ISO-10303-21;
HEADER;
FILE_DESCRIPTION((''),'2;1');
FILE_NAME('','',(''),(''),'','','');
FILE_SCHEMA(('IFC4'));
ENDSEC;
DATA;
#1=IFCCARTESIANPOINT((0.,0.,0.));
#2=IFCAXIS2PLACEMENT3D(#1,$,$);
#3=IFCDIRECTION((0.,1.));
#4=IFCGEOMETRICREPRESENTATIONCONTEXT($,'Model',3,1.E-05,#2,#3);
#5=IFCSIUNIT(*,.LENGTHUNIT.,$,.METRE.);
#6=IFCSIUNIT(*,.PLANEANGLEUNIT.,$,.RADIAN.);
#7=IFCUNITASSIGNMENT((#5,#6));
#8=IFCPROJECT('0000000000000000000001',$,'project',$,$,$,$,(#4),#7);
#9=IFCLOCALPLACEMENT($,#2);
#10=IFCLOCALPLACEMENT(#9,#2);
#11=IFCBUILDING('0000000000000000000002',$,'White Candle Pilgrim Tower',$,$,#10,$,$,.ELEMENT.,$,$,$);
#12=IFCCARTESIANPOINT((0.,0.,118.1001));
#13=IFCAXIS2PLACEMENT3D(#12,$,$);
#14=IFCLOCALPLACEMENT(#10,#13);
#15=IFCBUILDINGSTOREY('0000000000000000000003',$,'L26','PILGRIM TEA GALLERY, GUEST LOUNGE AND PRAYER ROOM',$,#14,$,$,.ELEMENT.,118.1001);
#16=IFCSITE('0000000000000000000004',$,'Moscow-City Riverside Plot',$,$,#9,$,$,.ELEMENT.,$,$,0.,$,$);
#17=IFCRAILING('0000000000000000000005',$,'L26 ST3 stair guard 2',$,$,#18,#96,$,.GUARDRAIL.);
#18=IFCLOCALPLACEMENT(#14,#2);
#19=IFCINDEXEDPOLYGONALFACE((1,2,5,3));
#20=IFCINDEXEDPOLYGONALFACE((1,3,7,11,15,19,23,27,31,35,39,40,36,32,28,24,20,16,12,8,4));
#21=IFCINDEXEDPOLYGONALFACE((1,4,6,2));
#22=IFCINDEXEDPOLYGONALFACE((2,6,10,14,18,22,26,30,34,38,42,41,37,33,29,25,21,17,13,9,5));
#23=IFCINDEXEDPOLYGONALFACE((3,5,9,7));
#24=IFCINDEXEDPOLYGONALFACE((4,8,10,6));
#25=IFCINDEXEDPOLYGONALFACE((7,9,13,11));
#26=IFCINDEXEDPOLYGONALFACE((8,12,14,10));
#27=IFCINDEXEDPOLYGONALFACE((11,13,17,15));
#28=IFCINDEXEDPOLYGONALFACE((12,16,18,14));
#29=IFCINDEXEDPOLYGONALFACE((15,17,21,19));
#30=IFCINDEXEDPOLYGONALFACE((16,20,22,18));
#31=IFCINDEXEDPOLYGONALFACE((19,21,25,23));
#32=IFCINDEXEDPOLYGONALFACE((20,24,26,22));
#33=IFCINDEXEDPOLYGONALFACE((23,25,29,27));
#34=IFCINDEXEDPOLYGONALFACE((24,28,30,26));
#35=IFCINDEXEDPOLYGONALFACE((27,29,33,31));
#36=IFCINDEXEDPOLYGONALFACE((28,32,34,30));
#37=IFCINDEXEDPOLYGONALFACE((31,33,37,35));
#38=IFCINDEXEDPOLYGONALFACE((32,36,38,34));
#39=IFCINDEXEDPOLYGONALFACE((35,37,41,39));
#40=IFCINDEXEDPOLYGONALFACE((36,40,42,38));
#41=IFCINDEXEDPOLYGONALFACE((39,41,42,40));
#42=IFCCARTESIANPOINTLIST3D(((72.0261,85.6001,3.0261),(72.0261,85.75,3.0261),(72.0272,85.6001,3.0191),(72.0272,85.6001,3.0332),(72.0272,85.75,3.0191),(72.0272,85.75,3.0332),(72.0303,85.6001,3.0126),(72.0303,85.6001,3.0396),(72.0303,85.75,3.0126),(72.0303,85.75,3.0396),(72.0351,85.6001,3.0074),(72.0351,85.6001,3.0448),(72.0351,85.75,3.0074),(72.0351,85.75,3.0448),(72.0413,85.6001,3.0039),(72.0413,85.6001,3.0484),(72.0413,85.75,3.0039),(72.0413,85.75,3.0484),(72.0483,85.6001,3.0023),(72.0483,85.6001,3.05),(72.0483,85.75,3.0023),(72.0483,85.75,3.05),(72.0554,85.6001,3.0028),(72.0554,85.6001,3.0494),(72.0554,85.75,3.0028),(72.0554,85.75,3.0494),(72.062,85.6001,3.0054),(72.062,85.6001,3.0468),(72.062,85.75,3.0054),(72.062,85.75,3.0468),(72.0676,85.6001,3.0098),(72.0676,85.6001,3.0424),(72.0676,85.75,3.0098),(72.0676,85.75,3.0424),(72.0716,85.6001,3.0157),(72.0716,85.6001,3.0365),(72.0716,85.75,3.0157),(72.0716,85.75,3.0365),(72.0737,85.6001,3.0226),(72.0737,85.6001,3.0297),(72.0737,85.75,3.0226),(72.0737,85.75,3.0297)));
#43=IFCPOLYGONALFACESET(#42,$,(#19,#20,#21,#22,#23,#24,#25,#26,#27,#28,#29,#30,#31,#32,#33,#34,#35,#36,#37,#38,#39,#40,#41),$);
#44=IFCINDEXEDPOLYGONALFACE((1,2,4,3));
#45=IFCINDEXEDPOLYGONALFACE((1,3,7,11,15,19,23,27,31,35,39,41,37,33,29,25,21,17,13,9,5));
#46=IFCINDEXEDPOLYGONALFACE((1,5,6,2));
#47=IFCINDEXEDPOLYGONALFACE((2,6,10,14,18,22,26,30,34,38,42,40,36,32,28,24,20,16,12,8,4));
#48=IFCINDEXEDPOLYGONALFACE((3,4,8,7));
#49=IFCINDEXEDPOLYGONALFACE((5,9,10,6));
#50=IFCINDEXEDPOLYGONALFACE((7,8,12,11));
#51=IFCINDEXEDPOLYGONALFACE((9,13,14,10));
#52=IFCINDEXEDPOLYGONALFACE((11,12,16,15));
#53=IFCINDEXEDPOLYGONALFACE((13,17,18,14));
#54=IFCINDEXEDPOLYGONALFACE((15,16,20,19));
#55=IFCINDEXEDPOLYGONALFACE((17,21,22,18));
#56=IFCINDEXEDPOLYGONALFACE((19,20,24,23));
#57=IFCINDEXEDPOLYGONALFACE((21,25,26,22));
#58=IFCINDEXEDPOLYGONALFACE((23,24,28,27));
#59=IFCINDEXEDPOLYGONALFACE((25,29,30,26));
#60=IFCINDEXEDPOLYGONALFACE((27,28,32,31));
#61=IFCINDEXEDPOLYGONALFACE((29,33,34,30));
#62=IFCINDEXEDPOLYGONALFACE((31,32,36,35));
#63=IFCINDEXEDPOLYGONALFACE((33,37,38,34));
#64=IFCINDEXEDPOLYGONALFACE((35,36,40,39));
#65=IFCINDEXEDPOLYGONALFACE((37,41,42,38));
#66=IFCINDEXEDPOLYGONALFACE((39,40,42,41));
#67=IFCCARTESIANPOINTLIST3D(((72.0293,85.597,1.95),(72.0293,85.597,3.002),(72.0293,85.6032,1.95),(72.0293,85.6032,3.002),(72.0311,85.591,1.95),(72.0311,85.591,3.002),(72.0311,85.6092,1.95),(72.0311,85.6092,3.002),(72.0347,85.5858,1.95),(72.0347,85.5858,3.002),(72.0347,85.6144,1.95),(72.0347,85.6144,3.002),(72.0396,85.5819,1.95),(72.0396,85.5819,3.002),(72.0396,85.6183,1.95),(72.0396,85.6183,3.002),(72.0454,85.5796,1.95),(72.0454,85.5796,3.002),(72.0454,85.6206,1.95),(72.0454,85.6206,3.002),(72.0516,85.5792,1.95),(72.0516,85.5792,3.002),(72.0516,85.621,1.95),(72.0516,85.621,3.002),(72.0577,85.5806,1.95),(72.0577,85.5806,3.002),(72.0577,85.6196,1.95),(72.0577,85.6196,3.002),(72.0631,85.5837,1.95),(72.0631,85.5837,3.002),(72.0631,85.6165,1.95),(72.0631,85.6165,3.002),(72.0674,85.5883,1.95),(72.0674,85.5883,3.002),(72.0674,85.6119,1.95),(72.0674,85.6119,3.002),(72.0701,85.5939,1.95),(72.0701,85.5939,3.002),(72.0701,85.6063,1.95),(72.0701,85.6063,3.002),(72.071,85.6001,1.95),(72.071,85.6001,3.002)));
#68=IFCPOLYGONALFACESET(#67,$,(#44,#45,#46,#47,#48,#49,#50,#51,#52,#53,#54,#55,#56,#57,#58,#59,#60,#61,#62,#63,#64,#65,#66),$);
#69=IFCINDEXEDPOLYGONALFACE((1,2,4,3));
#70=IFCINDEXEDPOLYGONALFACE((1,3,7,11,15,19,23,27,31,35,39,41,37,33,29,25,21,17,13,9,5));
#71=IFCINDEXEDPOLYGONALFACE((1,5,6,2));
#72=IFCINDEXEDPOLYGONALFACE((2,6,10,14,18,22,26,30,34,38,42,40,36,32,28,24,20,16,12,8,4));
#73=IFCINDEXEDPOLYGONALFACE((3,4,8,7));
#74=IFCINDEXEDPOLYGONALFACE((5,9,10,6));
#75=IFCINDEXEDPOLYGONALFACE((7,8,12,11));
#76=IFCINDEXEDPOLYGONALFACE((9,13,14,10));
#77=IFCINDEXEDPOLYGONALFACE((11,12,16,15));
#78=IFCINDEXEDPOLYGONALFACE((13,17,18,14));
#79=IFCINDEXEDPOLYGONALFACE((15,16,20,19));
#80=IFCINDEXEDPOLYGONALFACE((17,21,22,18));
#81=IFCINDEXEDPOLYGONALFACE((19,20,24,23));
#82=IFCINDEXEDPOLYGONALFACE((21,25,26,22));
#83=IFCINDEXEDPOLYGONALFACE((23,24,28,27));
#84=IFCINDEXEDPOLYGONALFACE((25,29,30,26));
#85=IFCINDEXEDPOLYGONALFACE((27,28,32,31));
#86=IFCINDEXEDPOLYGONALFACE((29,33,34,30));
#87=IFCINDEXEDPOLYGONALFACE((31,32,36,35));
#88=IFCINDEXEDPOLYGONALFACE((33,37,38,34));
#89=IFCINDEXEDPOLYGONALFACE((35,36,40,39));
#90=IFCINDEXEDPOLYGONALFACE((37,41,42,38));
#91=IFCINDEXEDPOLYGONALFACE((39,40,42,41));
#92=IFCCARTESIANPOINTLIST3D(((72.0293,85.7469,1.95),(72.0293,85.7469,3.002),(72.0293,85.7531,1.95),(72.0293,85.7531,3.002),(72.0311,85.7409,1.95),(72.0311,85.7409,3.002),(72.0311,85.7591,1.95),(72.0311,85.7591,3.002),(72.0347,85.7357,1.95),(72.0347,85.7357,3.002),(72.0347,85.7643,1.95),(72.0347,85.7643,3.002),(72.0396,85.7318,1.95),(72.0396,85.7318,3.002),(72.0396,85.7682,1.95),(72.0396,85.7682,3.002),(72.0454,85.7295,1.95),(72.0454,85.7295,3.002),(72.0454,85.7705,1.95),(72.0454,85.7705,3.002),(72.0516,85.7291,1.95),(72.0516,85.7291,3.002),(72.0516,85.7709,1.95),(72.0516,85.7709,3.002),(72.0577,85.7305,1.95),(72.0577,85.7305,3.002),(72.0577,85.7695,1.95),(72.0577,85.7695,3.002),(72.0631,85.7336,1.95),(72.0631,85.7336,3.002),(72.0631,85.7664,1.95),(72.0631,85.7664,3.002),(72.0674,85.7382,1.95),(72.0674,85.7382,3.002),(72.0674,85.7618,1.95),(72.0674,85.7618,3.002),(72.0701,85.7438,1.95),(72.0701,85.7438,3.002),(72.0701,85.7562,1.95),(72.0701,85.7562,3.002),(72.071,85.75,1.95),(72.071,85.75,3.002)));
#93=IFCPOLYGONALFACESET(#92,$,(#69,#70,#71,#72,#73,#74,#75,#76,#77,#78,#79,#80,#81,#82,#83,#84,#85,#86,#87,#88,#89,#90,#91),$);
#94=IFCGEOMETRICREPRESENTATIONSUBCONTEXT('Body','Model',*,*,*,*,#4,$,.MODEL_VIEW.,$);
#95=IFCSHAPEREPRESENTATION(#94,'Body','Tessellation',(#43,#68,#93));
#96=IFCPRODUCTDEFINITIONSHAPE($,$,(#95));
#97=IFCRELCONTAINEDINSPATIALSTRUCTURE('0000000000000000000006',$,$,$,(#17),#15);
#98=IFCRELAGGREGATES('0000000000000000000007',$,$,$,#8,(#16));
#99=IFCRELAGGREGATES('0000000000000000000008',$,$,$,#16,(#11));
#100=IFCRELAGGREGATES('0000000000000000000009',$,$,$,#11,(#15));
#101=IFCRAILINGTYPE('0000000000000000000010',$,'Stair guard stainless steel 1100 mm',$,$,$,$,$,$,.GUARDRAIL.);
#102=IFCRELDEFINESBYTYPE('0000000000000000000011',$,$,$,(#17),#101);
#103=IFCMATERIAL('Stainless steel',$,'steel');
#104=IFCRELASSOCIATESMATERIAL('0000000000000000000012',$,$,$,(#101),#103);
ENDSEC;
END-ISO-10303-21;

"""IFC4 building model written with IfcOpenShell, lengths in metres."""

from ifc_helpers import new_model, si_unit, direction, frame, origin, origin_2d, place, context, subcontext, project, spatial, circle, extrude, material, type_object, element, save


model = new_model("IFC4")

# Units and contexts
model_context = context("Model", 3, precision=1e-05, world=origin(), true_north=direction((0.0, 1.0)))
body_context = subcontext(model_context, "Body", "Model", "MODEL_VIEW")
ifc_project = project(units=[si_unit("LENGTHUNIT", "METRE"), si_unit("PLANEANGLEUNIT", "RADIAN")], contexts=[model_context])

# Site, building, storey
site_placement = place(None, origin())
site = spatial("IfcSite", under=ifc_project, at=site_placement, Name="Moscow-City Riverside Plot", CompositionType="ELEMENT", RefElevation=0.0)
building_placement = place(site_placement, origin())
building = spatial("IfcBuilding", under=site, at=building_placement, Name="White Candle Pilgrim Tower", CompositionType="ELEMENT")
storey_placement = place(building_placement, frame((0.0, 0.0, 118.1001)))
storey = spatial("IfcBuildingStorey", under=building, at=storey_placement, Name="L26", Description="PILGRIM TEA GALLERY, GUEST LOUNGE AND PRAYER ROOM", CompositionType="ELEMENT", Elevation=118.1001)

# Railing
ifc_material_1 = material(Name="Stainless steel", Category="steel")
railing_type_1 = type_object("IfcRailingType", Name="Stair guard stainless steel 1100 mm", PredefinedType="GUARDRAIL", material=ifc_material_1)
railing_1_placement = place(storey_placement, frame((72.05, 85.6001, 1.95)))
element("IfcRailing", 1, at=railing_1_placement, inside=storey, type_object=railing_type_1, Name="L26 ST3 stair guard 2", PredefinedType="GUARDRAIL", context=body_context, shape_type="SweptSolid", body=[
    extrude(circle(Radius=0.0239, at=origin_2d()), frame((0.0, 0.0, 1.0762), z_axis=(0.0, 1.0, 0.0), x_axis=(-1.0, 0.0, 0.0)), (0.0, 0.0, 1.0), 0.1499),
    extrude(circle(Radius=0.021, at=origin_2d()), origin(), (0.0, 0.0, 1.0), 1.052),
    extrude(circle(Radius=0.021, at=origin_2d()), frame((0.0, 0.1499, 0.0)), (0.0, 0.0, 1.0), 1.052),
])

save(model, "model.ifc")
